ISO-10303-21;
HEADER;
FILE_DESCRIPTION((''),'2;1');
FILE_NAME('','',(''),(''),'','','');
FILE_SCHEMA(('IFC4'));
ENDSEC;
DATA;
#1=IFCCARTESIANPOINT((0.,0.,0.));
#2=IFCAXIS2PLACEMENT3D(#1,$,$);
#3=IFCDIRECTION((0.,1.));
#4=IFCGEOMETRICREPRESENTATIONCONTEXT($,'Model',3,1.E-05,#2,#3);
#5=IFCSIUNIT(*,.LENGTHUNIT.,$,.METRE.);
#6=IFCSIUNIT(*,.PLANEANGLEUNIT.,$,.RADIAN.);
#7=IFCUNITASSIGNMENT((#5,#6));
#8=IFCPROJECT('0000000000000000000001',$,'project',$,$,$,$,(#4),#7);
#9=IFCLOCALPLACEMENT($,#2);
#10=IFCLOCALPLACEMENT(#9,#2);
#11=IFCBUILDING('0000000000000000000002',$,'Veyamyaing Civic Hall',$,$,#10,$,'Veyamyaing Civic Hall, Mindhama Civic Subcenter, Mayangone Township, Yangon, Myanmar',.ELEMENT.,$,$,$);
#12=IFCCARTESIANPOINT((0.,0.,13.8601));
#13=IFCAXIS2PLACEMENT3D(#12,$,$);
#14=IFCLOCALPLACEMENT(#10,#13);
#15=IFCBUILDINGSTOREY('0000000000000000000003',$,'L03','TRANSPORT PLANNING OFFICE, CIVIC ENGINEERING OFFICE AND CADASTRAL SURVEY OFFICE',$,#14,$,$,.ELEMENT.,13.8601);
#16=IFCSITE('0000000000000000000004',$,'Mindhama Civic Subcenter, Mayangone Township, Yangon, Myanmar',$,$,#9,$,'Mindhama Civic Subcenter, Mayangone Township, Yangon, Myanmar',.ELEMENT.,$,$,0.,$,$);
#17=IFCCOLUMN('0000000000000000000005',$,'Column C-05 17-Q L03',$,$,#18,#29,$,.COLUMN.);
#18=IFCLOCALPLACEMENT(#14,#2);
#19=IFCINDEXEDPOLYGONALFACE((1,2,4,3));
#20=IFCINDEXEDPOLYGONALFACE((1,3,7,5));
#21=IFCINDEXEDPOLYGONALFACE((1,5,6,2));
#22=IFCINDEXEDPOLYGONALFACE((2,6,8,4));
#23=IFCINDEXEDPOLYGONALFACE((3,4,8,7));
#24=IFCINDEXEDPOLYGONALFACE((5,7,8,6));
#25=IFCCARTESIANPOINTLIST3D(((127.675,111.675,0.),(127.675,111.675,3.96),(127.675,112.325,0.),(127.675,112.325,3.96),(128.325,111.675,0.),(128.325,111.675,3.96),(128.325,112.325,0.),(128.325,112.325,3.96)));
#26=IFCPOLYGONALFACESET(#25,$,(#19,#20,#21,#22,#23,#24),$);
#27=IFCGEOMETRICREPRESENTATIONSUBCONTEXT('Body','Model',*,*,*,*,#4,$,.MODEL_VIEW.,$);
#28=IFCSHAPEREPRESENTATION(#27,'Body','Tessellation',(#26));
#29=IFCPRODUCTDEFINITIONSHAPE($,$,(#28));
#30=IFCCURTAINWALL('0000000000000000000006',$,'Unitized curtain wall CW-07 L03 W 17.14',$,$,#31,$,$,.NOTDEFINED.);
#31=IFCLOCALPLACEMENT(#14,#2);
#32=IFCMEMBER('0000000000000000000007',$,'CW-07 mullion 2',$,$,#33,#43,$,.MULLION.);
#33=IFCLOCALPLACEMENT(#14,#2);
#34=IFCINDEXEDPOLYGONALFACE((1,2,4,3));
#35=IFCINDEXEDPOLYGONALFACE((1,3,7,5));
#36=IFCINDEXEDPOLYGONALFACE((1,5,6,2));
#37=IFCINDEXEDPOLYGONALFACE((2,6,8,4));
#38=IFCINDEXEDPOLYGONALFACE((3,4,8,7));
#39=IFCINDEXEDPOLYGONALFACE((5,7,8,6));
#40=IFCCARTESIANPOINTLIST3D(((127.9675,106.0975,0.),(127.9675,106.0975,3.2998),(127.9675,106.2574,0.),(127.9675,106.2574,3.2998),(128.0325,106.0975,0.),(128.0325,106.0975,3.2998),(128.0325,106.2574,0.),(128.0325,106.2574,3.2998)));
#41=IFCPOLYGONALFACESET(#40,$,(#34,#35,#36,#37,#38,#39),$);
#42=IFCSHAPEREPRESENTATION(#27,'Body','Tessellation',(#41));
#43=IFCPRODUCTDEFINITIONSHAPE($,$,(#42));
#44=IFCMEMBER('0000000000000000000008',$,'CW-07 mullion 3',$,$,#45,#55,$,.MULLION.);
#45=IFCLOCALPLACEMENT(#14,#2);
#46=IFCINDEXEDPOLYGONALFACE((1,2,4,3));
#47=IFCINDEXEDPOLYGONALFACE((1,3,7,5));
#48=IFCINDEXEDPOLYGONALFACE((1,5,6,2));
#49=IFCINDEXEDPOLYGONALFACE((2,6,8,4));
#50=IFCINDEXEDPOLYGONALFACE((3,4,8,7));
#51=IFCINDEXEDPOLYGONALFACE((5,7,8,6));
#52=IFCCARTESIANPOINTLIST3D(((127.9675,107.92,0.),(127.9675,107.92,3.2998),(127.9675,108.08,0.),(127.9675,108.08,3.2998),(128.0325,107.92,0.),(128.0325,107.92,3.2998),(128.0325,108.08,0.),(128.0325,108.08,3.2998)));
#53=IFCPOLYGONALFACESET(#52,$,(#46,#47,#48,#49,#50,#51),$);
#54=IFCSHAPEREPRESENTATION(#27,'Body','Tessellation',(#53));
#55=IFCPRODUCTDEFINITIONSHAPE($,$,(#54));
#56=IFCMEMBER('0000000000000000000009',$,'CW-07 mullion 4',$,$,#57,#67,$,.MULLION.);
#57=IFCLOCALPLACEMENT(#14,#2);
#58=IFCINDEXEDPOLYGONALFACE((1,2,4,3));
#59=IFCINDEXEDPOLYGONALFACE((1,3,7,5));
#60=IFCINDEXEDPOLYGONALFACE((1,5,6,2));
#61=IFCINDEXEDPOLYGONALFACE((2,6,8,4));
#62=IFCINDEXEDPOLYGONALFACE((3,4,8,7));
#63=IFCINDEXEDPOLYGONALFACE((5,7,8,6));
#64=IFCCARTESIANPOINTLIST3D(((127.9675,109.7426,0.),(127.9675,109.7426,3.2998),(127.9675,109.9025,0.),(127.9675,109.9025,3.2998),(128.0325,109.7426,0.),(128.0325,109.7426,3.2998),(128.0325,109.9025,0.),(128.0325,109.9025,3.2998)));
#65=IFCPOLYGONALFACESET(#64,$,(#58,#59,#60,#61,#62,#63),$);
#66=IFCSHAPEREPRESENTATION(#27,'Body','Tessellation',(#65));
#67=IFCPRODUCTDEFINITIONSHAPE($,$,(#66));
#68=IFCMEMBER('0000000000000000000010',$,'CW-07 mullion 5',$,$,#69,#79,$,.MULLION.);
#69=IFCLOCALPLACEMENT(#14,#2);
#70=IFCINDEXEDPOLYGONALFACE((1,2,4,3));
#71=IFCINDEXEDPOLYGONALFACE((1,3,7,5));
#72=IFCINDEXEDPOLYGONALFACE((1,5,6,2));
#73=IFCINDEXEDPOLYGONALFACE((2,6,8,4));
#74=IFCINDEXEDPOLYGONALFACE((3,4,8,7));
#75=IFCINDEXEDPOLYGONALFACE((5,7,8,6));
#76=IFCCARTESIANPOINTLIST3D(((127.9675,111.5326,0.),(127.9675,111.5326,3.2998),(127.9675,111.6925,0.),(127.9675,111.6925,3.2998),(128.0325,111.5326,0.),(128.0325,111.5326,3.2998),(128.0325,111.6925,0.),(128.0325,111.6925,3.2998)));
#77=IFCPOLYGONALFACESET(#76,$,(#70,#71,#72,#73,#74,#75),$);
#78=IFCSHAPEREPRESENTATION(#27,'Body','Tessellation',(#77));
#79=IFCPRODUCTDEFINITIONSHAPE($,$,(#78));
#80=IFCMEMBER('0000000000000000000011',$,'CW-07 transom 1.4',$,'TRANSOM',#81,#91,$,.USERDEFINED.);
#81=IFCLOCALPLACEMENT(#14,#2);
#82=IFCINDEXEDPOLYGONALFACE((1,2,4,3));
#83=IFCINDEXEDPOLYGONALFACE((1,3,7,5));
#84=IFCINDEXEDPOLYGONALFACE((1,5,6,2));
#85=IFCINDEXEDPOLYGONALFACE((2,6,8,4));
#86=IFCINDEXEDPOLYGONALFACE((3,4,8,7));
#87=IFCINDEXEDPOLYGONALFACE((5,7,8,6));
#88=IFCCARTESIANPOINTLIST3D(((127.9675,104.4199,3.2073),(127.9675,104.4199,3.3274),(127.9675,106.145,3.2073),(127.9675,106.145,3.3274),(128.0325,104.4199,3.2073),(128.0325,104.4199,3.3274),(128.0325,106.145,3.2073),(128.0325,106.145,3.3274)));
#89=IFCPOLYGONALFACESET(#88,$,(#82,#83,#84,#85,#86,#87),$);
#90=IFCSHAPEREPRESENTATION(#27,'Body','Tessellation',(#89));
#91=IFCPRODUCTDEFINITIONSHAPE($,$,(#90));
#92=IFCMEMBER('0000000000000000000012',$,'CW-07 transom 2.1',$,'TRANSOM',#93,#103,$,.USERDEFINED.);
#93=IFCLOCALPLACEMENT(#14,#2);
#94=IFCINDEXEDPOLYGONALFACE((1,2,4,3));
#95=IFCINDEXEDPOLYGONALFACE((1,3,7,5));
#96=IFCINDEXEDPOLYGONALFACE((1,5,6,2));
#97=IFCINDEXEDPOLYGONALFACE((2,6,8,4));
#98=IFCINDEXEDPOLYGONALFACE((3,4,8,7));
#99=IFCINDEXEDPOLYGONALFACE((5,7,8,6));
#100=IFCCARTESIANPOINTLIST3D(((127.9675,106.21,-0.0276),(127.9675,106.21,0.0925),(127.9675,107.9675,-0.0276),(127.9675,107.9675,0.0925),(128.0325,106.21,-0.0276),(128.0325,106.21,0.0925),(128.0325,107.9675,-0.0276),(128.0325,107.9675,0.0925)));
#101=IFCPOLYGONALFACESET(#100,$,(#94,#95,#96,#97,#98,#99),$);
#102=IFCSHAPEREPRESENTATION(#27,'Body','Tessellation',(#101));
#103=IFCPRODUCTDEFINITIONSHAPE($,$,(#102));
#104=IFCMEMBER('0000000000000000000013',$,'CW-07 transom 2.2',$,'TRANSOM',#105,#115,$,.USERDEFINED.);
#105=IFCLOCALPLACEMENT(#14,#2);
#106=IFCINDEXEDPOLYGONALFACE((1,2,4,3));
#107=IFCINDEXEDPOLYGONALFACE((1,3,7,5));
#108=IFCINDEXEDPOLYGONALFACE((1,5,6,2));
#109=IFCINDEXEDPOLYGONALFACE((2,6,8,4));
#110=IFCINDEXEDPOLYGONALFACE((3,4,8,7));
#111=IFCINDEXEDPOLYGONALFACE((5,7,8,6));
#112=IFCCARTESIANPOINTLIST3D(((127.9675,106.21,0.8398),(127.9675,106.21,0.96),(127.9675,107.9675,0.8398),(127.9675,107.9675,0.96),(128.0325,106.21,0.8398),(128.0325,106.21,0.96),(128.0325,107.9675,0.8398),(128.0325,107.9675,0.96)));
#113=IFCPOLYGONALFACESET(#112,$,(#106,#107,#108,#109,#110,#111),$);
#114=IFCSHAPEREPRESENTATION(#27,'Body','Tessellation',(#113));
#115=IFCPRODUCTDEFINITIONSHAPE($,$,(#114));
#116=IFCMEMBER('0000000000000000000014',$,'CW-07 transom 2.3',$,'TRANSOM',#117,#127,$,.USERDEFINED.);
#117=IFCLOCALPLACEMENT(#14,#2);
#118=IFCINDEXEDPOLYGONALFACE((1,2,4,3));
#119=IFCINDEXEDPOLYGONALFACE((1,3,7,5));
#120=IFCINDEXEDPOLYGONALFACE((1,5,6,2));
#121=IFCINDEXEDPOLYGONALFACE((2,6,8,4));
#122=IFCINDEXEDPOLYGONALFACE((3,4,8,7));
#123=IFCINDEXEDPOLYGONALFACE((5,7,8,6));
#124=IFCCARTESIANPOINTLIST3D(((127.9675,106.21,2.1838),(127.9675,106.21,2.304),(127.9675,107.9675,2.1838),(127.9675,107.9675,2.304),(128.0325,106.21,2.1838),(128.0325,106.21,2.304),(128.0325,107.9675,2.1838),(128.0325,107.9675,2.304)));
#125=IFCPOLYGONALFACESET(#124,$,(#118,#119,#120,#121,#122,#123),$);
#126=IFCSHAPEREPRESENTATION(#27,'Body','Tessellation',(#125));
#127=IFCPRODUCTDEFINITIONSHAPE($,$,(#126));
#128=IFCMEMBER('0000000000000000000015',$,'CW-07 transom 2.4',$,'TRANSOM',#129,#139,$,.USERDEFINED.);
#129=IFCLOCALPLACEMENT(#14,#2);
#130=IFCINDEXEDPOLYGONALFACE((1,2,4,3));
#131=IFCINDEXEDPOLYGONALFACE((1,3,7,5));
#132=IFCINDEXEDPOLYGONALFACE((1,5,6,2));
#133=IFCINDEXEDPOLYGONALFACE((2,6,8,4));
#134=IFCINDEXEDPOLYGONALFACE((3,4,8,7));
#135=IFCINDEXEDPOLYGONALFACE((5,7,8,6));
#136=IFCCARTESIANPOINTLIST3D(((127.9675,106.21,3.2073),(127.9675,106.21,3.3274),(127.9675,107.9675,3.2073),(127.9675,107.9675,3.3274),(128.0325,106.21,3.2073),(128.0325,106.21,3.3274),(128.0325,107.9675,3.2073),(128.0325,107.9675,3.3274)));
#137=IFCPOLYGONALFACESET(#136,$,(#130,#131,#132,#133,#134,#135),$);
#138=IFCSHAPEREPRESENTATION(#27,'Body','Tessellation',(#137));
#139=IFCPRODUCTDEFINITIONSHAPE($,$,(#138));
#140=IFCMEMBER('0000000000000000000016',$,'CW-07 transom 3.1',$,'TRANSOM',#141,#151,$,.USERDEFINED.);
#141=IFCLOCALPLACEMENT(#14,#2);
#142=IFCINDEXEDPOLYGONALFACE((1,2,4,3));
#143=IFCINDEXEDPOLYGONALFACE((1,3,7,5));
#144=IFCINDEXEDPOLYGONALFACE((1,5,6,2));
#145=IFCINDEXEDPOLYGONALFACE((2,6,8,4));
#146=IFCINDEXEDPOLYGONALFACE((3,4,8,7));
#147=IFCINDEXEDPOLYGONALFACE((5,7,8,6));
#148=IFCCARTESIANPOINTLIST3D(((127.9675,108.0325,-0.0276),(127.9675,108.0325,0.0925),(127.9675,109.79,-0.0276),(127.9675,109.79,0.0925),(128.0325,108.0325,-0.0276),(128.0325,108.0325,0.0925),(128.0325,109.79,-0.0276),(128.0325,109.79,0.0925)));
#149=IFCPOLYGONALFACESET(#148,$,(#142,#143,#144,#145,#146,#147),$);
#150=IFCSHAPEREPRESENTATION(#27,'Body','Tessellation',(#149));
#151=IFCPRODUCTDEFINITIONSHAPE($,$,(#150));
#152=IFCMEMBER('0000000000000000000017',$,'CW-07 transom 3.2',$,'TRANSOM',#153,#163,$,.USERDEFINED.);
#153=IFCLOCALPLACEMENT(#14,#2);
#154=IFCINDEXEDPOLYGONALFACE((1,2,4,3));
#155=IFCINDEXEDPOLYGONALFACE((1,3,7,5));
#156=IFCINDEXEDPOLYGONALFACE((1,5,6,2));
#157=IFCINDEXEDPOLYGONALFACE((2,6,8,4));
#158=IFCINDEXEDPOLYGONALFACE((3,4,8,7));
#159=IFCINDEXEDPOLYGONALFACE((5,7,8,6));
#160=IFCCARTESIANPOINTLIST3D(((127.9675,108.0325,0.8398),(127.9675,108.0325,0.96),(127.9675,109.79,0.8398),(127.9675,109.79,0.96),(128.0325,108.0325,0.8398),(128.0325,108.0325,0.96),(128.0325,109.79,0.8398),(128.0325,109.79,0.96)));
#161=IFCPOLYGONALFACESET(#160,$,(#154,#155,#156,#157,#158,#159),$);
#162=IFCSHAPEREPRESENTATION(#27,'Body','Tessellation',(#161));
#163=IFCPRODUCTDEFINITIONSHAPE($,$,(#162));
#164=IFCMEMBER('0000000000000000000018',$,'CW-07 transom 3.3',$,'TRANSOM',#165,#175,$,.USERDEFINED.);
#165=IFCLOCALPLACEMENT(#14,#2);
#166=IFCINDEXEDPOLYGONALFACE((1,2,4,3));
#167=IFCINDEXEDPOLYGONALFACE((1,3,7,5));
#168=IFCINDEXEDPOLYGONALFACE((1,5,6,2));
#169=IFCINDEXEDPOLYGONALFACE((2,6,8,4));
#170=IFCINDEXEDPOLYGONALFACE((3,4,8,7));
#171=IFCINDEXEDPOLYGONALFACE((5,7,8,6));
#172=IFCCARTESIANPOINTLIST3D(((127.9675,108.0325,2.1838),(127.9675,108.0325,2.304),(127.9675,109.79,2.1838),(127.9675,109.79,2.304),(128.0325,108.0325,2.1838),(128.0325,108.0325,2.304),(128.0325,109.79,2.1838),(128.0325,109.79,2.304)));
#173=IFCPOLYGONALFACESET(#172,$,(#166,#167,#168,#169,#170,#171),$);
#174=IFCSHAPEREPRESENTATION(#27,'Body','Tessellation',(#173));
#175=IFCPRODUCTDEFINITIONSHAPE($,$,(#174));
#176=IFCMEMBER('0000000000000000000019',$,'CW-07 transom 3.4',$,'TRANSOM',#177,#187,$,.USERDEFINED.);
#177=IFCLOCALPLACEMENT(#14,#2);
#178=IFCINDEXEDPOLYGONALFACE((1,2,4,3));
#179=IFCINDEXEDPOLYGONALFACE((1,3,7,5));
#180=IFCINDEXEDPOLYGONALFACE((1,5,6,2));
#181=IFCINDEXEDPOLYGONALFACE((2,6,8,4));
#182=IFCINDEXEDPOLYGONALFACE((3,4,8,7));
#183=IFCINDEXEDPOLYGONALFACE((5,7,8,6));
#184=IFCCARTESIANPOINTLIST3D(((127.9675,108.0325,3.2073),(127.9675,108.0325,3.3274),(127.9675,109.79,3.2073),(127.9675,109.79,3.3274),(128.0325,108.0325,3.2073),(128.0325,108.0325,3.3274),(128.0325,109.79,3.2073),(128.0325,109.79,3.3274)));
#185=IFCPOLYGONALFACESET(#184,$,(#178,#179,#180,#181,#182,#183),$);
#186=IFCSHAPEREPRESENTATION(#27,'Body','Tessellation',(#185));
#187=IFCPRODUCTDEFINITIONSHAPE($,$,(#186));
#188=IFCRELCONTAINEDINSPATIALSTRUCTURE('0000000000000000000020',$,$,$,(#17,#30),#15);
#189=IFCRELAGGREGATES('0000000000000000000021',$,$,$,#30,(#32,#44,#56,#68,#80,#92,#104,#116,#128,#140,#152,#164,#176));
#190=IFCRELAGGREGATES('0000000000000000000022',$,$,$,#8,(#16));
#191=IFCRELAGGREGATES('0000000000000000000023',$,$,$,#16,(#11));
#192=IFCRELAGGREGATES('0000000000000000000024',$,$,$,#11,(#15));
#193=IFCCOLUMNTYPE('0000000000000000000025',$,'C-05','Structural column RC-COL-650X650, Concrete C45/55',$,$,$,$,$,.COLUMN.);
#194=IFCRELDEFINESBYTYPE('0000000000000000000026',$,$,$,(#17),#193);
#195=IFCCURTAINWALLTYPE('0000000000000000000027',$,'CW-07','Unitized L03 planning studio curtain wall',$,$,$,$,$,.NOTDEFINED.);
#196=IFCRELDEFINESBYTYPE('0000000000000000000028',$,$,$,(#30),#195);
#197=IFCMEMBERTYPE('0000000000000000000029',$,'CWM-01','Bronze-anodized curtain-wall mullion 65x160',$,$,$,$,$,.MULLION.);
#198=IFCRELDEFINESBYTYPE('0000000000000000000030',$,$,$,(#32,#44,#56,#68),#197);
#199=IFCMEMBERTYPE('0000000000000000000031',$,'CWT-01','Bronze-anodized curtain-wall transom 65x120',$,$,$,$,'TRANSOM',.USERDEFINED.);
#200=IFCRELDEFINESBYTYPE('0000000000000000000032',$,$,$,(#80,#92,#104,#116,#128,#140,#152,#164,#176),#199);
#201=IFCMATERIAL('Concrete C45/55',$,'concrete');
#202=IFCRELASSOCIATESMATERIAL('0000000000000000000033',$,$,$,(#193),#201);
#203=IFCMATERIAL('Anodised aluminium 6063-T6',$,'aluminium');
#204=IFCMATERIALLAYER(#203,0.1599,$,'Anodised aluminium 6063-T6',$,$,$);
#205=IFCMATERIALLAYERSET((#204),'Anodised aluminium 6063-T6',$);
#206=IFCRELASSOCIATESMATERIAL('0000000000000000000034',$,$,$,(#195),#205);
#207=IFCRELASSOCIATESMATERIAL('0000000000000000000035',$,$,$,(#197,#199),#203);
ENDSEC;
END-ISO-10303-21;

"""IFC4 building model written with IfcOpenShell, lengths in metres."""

from ifc_helpers import new_model, si_unit, direction, frame, origin, origin_2d, place, context, subcontext, project, spatial, rectangle, extrude, material, layer, layer_set, material_profile, profile_set, type_object, element, aggregate, save


model = new_model("IFC4")

# Units and contexts
model_context = context("Model", 3, precision=1e-05, world=origin(), true_north=direction((0.0, 1.0)))
body_context = subcontext(model_context, "Body", "Model", "MODEL_VIEW")
ifc_project = project(units=[si_unit("LENGTHUNIT", "METRE"), si_unit("PLANEANGLEUNIT", "RADIAN")], contexts=[model_context])

# Site, building, storey
site_placement = place(None, origin())
site = spatial("IfcSite", under=ifc_project, at=site_placement, Name="Mindhama Civic Subcenter, Mayangone Township, Yangon, Myanmar", LongName="Mindhama Civic Subcenter, Mayangone Township, Yangon, Myanmar", CompositionType="ELEMENT", RefElevation=0.0)
building_placement = place(site_placement, origin())
building = spatial("IfcBuilding", under=site, at=building_placement, Name="Veyamyaing Civic Hall", LongName="Veyamyaing Civic Hall, Mindhama Civic Subcenter, Mayangone Township, Yangon, Myanmar", CompositionType="ELEMENT")
storey_placement = place(building_placement, frame((0.0, 0.0, 13.8601)))
storey = spatial("IfcBuildingStorey", under=building, at=storey_placement, Name="L03", Description="TRANSPORT PLANNING OFFICE, CIVIC ENGINEERING OFFICE AND CADASTRAL SURVEY OFFICE", CompositionType="ELEMENT", Elevation=13.8601)

# Column
ifc_material_1 = material(Name="Concrete C45/55", Category="concrete")
ifc_material_profile_1 = material_profile(ifc_material_1, rectangle(XDim=0.6499, YDim=0.6499, at=origin_2d()), Name="RC-COL-650X650")
ifc_profile_set_1 = profile_set([ifc_material_profile_1], Name="Concrete C45/55")
column_type = type_object("IfcColumnType", Name="C-05", Description="Structural column RC-COL-650X650, Concrete C45/55", PredefinedType="COLUMN", material=ifc_profile_set_1)
column_placement = place(storey_placement, frame((128.0, 112.0, 0.0), z_axis=(0.0, 0.0, 1.0), x_axis=(1.0, 0.0, 0.0)))
element("IfcColumn", 1, at=column_placement, inside=storey, type_object=column_type, Name="Column C-05 17-Q L03", PredefinedType="COLUMN", context=body_context, shape_type="SweptSolid", body=[
    extrude(rectangle(XDim=0.6499, YDim=0.6499, at=origin_2d()), origin(), (0.0, 0.0, 1.0), 3.96),
])

# Curtain wall, members
ifc_material_2 = material(Name="Anodised aluminium 6063-T6", Category="aluminium")
ifc_layer_1 = layer(ifc_material_2, 0.1599, Name="Anodised aluminium 6063-T6")
ifc_layer_set_1 = layer_set([ifc_layer_1], Name="Anodised aluminium 6063-T6")
curtain_wall_type = type_object("IfcCurtainWallType", Name="CW-07", Description="Unitized L03 planning studio curtain wall", PredefinedType="NOTDEFINED", material=ifc_layer_set_1)
curtain_wall_placement = place(storey_placement, origin())
curtain_wall = element("IfcCurtainWall", 2, at=curtain_wall_placement, inside=storey, type_object=curtain_wall_type, Name="Unitized curtain wall CW-07 L03 W 17.14", PredefinedType="NOTDEFINED")
ifc_material_profile_2 = material_profile(ifc_material_2, rectangle(XDim=0.0649, YDim=0.1599, at=origin_2d()), Name="ALU-MUL-65X160")
ifc_profile_set_2 = profile_set([ifc_material_profile_2], Name="Anodised aluminium 6063-T6")
member_type_1 = type_object("IfcMemberType", Name="CWM-01", Description="Bronze-anodized curtain-wall mullion 65x160", PredefinedType="MULLION", material=ifc_profile_set_2)
member_1_placement = place(storey_placement, frame((128.0, 106.1775, 0.0), z_axis=(0.0, 0.0, 1.0), x_axis=(-1.0, 0.0, 0.0)))
member_1 = element("IfcMember", 3, at=member_1_placement, type_object=member_type_1, Name="CW-07 mullion 2", PredefinedType="MULLION", context=body_context, shape_type="SweptSolid", body=[
    extrude(rectangle(XDim=0.0649, YDim=0.1599, at=origin_2d()), origin(), (0.0, 0.0, 1.0), 3.2998),
])
member_2_placement = place(storey_placement, frame((128.0, 108.0, 0.0), z_axis=(0.0, 0.0, 1.0), x_axis=(-1.0, 0.0, 0.0)))
member_2 = element("IfcMember", 4, at=member_2_placement, type_object=member_type_1, Name="CW-07 mullion 3", PredefinedType="MULLION", context=body_context, shape_type="SweptSolid", body=[
    extrude(rectangle(XDim=0.0649, YDim=0.1599, at=origin_2d()), origin(), (0.0, 0.0, 1.0), 3.2998),
])
member_3_placement = place(storey_placement, frame((128.0, 109.8225, 0.0), z_axis=(0.0, 0.0, 1.0), x_axis=(-1.0, 0.0, 0.0)))
member_3 = element("IfcMember", 5, at=member_3_placement, type_object=member_type_1, Name="CW-07 mullion 4", PredefinedType="MULLION", context=body_context, shape_type="SweptSolid", body=[
    extrude(rectangle(XDim=0.0649, YDim=0.1599, at=origin_2d()), origin(), (0.0, 0.0, 1.0), 3.2998),
])
member_4_placement = place(storey_placement, frame((128.0, 111.6125, 0.0), z_axis=(0.0, 0.0, 1.0), x_axis=(-1.0, 0.0, 0.0)))
member_4 = element("IfcMember", 6, at=member_4_placement, type_object=member_type_1, Name="CW-07 mullion 5", PredefinedType="MULLION", context=body_context, shape_type="SweptSolid", body=[
    extrude(rectangle(XDim=0.0649, YDim=0.1599, at=origin_2d()), origin(), (0.0, 0.0, 1.0), 3.2998),
])
ifc_material_profile_3 = material_profile(ifc_material_2, rectangle(XDim=0.0649, YDim=0.1201, at=origin_2d()), Name="ALU-TRN-65X120")
ifc_profile_set_3 = profile_set([ifc_material_profile_3], Name="Anodised aluminium 6063-T6")
member_type_2 = type_object("IfcMemberType", Name="CWT-01", Description="Bronze-anodized curtain-wall transom 65x120", ElementType="TRANSOM", PredefinedType="USERDEFINED", material=ifc_profile_set_3)
member_5_placement = place(storey_placement, frame((128.0, 104.4199, 3.2673), z_axis=(0.0, 1.0, 0.0), x_axis=(-1.0, 0.0, 0.0)))
member_5 = element("IfcMember", 7, at=member_5_placement, type_object=member_type_2, Name="CW-07 transom 1.4", ObjectType="TRANSOM", PredefinedType="USERDEFINED", context=body_context, shape_type="SweptSolid", body=[
    extrude(rectangle(XDim=0.0649, YDim=0.1201, at=origin_2d()), origin(), (0.0, 0.0, 1.0), 1.7251),
])
member_6_placement = place(storey_placement, frame((128.0, 106.21, 0.0325), z_axis=(0.0, 1.0, 0.0), x_axis=(-1.0, 0.0, 0.0)))
member_6 = element("IfcMember", 8, at=member_6_placement, type_object=member_type_2, Name="CW-07 transom 2.1", ObjectType="TRANSOM", PredefinedType="USERDEFINED", context=body_context, shape_type="SweptSolid", body=[
    extrude(rectangle(XDim=0.0649, YDim=0.1201, at=origin_2d()), origin(), (0.0, 0.0, 1.0), 1.7576),
])
member_7_placement = place(storey_placement, frame((128.0, 106.21, 0.8999), z_axis=(0.0, 1.0, 0.0), x_axis=(-1.0, 0.0, 0.0)))
member_7 = element("IfcMember", 9, at=member_7_placement, type_object=member_type_2, Name="CW-07 transom 2.2", ObjectType="TRANSOM", PredefinedType="USERDEFINED", context=body_context, shape_type="SweptSolid", body=[
    extrude(rectangle(XDim=0.0649, YDim=0.1201, at=origin_2d()), origin(), (0.0, 0.0, 1.0), 1.7576),
])
member_8_placement = place(storey_placement, frame((128.0, 106.21, 2.2439), z_axis=(0.0, 1.0, 0.0), x_axis=(-1.0, 0.0, 0.0)))
member_8 = element("IfcMember", 10, at=member_8_placement, type_object=member_type_2, Name="CW-07 transom 2.3", ObjectType="TRANSOM", PredefinedType="USERDEFINED", context=body_context, shape_type="SweptSolid", body=[
    extrude(rectangle(XDim=0.0649, YDim=0.1201, at=origin_2d()), origin(), (0.0, 0.0, 1.0), 1.7576),
])
member_9_placement = place(storey_placement, frame((128.0, 106.21, 3.2673), z_axis=(0.0, 1.0, 0.0), x_axis=(-1.0, 0.0, 0.0)))
member_9 = element("IfcMember", 11, at=member_9_placement, type_object=member_type_2, Name="CW-07 transom 2.4", ObjectType="TRANSOM", PredefinedType="USERDEFINED", context=body_context, shape_type="SweptSolid", body=[
    extrude(rectangle(XDim=0.0649, YDim=0.1201, at=origin_2d()), origin(), (0.0, 0.0, 1.0), 1.7576),
])
member_10_placement = place(storey_placement, frame((128.0, 108.0325, 0.0325), z_axis=(0.0, 1.0, 0.0), x_axis=(-1.0, 0.0, 0.0)))
member_10 = element("IfcMember", 12, at=member_10_placement, type_object=member_type_2, Name="CW-07 transom 3.1", ObjectType="TRANSOM", PredefinedType="USERDEFINED", context=body_context, shape_type="SweptSolid", body=[
    extrude(rectangle(XDim=0.0649, YDim=0.1201, at=origin_2d()), origin(), (0.0, 0.0, 1.0), 1.7576),
])
member_11_placement = place(storey_placement, frame((128.0, 108.0325, 0.8999), z_axis=(0.0, 1.0, 0.0), x_axis=(-1.0, 0.0, 0.0)))
member_11 = element("IfcMember", 13, at=member_11_placement, type_object=member_type_2, Name="CW-07 transom 3.2", ObjectType="TRANSOM", PredefinedType="USERDEFINED", context=body_context, shape_type="SweptSolid", body=[
    extrude(rectangle(XDim=0.0649, YDim=0.1201, at=origin_2d()), origin(), (0.0, 0.0, 1.0), 1.7576),
])
member_12_placement = place(storey_placement, frame((128.0, 108.0325, 2.2439), z_axis=(0.0, 1.0, 0.0), x_axis=(-1.0, 0.0, 0.0)))
member_12 = element("IfcMember", 14, at=member_12_placement, type_object=member_type_2, Name="CW-07 transom 3.3", ObjectType="TRANSOM", PredefinedType="USERDEFINED", context=body_context, shape_type="SweptSolid", body=[
    extrude(rectangle(XDim=0.0649, YDim=0.1201, at=origin_2d()), origin(), (0.0, 0.0, 1.0), 1.7576),
])
member_13_placement = place(storey_placement, frame((128.0, 108.0325, 3.2673), z_axis=(0.0, 1.0, 0.0), x_axis=(-1.0, 0.0, 0.0)))
member_13 = element("IfcMember", 15, at=member_13_placement, type_object=member_type_2, Name="CW-07 transom 3.4", ObjectType="TRANSOM", PredefinedType="USERDEFINED", context=body_context, shape_type="SweptSolid", body=[
    extrude(rectangle(XDim=0.0649, YDim=0.1201, at=origin_2d()), origin(), (0.0, 0.0, 1.0), 1.7576),
])

aggregate(curtain_wall, [member_1, member_2, member_3, member_4, member_5, member_6, member_7, member_8, member_9, member_10, member_11, member_12, member_13])

save(model, "model.ifc")
